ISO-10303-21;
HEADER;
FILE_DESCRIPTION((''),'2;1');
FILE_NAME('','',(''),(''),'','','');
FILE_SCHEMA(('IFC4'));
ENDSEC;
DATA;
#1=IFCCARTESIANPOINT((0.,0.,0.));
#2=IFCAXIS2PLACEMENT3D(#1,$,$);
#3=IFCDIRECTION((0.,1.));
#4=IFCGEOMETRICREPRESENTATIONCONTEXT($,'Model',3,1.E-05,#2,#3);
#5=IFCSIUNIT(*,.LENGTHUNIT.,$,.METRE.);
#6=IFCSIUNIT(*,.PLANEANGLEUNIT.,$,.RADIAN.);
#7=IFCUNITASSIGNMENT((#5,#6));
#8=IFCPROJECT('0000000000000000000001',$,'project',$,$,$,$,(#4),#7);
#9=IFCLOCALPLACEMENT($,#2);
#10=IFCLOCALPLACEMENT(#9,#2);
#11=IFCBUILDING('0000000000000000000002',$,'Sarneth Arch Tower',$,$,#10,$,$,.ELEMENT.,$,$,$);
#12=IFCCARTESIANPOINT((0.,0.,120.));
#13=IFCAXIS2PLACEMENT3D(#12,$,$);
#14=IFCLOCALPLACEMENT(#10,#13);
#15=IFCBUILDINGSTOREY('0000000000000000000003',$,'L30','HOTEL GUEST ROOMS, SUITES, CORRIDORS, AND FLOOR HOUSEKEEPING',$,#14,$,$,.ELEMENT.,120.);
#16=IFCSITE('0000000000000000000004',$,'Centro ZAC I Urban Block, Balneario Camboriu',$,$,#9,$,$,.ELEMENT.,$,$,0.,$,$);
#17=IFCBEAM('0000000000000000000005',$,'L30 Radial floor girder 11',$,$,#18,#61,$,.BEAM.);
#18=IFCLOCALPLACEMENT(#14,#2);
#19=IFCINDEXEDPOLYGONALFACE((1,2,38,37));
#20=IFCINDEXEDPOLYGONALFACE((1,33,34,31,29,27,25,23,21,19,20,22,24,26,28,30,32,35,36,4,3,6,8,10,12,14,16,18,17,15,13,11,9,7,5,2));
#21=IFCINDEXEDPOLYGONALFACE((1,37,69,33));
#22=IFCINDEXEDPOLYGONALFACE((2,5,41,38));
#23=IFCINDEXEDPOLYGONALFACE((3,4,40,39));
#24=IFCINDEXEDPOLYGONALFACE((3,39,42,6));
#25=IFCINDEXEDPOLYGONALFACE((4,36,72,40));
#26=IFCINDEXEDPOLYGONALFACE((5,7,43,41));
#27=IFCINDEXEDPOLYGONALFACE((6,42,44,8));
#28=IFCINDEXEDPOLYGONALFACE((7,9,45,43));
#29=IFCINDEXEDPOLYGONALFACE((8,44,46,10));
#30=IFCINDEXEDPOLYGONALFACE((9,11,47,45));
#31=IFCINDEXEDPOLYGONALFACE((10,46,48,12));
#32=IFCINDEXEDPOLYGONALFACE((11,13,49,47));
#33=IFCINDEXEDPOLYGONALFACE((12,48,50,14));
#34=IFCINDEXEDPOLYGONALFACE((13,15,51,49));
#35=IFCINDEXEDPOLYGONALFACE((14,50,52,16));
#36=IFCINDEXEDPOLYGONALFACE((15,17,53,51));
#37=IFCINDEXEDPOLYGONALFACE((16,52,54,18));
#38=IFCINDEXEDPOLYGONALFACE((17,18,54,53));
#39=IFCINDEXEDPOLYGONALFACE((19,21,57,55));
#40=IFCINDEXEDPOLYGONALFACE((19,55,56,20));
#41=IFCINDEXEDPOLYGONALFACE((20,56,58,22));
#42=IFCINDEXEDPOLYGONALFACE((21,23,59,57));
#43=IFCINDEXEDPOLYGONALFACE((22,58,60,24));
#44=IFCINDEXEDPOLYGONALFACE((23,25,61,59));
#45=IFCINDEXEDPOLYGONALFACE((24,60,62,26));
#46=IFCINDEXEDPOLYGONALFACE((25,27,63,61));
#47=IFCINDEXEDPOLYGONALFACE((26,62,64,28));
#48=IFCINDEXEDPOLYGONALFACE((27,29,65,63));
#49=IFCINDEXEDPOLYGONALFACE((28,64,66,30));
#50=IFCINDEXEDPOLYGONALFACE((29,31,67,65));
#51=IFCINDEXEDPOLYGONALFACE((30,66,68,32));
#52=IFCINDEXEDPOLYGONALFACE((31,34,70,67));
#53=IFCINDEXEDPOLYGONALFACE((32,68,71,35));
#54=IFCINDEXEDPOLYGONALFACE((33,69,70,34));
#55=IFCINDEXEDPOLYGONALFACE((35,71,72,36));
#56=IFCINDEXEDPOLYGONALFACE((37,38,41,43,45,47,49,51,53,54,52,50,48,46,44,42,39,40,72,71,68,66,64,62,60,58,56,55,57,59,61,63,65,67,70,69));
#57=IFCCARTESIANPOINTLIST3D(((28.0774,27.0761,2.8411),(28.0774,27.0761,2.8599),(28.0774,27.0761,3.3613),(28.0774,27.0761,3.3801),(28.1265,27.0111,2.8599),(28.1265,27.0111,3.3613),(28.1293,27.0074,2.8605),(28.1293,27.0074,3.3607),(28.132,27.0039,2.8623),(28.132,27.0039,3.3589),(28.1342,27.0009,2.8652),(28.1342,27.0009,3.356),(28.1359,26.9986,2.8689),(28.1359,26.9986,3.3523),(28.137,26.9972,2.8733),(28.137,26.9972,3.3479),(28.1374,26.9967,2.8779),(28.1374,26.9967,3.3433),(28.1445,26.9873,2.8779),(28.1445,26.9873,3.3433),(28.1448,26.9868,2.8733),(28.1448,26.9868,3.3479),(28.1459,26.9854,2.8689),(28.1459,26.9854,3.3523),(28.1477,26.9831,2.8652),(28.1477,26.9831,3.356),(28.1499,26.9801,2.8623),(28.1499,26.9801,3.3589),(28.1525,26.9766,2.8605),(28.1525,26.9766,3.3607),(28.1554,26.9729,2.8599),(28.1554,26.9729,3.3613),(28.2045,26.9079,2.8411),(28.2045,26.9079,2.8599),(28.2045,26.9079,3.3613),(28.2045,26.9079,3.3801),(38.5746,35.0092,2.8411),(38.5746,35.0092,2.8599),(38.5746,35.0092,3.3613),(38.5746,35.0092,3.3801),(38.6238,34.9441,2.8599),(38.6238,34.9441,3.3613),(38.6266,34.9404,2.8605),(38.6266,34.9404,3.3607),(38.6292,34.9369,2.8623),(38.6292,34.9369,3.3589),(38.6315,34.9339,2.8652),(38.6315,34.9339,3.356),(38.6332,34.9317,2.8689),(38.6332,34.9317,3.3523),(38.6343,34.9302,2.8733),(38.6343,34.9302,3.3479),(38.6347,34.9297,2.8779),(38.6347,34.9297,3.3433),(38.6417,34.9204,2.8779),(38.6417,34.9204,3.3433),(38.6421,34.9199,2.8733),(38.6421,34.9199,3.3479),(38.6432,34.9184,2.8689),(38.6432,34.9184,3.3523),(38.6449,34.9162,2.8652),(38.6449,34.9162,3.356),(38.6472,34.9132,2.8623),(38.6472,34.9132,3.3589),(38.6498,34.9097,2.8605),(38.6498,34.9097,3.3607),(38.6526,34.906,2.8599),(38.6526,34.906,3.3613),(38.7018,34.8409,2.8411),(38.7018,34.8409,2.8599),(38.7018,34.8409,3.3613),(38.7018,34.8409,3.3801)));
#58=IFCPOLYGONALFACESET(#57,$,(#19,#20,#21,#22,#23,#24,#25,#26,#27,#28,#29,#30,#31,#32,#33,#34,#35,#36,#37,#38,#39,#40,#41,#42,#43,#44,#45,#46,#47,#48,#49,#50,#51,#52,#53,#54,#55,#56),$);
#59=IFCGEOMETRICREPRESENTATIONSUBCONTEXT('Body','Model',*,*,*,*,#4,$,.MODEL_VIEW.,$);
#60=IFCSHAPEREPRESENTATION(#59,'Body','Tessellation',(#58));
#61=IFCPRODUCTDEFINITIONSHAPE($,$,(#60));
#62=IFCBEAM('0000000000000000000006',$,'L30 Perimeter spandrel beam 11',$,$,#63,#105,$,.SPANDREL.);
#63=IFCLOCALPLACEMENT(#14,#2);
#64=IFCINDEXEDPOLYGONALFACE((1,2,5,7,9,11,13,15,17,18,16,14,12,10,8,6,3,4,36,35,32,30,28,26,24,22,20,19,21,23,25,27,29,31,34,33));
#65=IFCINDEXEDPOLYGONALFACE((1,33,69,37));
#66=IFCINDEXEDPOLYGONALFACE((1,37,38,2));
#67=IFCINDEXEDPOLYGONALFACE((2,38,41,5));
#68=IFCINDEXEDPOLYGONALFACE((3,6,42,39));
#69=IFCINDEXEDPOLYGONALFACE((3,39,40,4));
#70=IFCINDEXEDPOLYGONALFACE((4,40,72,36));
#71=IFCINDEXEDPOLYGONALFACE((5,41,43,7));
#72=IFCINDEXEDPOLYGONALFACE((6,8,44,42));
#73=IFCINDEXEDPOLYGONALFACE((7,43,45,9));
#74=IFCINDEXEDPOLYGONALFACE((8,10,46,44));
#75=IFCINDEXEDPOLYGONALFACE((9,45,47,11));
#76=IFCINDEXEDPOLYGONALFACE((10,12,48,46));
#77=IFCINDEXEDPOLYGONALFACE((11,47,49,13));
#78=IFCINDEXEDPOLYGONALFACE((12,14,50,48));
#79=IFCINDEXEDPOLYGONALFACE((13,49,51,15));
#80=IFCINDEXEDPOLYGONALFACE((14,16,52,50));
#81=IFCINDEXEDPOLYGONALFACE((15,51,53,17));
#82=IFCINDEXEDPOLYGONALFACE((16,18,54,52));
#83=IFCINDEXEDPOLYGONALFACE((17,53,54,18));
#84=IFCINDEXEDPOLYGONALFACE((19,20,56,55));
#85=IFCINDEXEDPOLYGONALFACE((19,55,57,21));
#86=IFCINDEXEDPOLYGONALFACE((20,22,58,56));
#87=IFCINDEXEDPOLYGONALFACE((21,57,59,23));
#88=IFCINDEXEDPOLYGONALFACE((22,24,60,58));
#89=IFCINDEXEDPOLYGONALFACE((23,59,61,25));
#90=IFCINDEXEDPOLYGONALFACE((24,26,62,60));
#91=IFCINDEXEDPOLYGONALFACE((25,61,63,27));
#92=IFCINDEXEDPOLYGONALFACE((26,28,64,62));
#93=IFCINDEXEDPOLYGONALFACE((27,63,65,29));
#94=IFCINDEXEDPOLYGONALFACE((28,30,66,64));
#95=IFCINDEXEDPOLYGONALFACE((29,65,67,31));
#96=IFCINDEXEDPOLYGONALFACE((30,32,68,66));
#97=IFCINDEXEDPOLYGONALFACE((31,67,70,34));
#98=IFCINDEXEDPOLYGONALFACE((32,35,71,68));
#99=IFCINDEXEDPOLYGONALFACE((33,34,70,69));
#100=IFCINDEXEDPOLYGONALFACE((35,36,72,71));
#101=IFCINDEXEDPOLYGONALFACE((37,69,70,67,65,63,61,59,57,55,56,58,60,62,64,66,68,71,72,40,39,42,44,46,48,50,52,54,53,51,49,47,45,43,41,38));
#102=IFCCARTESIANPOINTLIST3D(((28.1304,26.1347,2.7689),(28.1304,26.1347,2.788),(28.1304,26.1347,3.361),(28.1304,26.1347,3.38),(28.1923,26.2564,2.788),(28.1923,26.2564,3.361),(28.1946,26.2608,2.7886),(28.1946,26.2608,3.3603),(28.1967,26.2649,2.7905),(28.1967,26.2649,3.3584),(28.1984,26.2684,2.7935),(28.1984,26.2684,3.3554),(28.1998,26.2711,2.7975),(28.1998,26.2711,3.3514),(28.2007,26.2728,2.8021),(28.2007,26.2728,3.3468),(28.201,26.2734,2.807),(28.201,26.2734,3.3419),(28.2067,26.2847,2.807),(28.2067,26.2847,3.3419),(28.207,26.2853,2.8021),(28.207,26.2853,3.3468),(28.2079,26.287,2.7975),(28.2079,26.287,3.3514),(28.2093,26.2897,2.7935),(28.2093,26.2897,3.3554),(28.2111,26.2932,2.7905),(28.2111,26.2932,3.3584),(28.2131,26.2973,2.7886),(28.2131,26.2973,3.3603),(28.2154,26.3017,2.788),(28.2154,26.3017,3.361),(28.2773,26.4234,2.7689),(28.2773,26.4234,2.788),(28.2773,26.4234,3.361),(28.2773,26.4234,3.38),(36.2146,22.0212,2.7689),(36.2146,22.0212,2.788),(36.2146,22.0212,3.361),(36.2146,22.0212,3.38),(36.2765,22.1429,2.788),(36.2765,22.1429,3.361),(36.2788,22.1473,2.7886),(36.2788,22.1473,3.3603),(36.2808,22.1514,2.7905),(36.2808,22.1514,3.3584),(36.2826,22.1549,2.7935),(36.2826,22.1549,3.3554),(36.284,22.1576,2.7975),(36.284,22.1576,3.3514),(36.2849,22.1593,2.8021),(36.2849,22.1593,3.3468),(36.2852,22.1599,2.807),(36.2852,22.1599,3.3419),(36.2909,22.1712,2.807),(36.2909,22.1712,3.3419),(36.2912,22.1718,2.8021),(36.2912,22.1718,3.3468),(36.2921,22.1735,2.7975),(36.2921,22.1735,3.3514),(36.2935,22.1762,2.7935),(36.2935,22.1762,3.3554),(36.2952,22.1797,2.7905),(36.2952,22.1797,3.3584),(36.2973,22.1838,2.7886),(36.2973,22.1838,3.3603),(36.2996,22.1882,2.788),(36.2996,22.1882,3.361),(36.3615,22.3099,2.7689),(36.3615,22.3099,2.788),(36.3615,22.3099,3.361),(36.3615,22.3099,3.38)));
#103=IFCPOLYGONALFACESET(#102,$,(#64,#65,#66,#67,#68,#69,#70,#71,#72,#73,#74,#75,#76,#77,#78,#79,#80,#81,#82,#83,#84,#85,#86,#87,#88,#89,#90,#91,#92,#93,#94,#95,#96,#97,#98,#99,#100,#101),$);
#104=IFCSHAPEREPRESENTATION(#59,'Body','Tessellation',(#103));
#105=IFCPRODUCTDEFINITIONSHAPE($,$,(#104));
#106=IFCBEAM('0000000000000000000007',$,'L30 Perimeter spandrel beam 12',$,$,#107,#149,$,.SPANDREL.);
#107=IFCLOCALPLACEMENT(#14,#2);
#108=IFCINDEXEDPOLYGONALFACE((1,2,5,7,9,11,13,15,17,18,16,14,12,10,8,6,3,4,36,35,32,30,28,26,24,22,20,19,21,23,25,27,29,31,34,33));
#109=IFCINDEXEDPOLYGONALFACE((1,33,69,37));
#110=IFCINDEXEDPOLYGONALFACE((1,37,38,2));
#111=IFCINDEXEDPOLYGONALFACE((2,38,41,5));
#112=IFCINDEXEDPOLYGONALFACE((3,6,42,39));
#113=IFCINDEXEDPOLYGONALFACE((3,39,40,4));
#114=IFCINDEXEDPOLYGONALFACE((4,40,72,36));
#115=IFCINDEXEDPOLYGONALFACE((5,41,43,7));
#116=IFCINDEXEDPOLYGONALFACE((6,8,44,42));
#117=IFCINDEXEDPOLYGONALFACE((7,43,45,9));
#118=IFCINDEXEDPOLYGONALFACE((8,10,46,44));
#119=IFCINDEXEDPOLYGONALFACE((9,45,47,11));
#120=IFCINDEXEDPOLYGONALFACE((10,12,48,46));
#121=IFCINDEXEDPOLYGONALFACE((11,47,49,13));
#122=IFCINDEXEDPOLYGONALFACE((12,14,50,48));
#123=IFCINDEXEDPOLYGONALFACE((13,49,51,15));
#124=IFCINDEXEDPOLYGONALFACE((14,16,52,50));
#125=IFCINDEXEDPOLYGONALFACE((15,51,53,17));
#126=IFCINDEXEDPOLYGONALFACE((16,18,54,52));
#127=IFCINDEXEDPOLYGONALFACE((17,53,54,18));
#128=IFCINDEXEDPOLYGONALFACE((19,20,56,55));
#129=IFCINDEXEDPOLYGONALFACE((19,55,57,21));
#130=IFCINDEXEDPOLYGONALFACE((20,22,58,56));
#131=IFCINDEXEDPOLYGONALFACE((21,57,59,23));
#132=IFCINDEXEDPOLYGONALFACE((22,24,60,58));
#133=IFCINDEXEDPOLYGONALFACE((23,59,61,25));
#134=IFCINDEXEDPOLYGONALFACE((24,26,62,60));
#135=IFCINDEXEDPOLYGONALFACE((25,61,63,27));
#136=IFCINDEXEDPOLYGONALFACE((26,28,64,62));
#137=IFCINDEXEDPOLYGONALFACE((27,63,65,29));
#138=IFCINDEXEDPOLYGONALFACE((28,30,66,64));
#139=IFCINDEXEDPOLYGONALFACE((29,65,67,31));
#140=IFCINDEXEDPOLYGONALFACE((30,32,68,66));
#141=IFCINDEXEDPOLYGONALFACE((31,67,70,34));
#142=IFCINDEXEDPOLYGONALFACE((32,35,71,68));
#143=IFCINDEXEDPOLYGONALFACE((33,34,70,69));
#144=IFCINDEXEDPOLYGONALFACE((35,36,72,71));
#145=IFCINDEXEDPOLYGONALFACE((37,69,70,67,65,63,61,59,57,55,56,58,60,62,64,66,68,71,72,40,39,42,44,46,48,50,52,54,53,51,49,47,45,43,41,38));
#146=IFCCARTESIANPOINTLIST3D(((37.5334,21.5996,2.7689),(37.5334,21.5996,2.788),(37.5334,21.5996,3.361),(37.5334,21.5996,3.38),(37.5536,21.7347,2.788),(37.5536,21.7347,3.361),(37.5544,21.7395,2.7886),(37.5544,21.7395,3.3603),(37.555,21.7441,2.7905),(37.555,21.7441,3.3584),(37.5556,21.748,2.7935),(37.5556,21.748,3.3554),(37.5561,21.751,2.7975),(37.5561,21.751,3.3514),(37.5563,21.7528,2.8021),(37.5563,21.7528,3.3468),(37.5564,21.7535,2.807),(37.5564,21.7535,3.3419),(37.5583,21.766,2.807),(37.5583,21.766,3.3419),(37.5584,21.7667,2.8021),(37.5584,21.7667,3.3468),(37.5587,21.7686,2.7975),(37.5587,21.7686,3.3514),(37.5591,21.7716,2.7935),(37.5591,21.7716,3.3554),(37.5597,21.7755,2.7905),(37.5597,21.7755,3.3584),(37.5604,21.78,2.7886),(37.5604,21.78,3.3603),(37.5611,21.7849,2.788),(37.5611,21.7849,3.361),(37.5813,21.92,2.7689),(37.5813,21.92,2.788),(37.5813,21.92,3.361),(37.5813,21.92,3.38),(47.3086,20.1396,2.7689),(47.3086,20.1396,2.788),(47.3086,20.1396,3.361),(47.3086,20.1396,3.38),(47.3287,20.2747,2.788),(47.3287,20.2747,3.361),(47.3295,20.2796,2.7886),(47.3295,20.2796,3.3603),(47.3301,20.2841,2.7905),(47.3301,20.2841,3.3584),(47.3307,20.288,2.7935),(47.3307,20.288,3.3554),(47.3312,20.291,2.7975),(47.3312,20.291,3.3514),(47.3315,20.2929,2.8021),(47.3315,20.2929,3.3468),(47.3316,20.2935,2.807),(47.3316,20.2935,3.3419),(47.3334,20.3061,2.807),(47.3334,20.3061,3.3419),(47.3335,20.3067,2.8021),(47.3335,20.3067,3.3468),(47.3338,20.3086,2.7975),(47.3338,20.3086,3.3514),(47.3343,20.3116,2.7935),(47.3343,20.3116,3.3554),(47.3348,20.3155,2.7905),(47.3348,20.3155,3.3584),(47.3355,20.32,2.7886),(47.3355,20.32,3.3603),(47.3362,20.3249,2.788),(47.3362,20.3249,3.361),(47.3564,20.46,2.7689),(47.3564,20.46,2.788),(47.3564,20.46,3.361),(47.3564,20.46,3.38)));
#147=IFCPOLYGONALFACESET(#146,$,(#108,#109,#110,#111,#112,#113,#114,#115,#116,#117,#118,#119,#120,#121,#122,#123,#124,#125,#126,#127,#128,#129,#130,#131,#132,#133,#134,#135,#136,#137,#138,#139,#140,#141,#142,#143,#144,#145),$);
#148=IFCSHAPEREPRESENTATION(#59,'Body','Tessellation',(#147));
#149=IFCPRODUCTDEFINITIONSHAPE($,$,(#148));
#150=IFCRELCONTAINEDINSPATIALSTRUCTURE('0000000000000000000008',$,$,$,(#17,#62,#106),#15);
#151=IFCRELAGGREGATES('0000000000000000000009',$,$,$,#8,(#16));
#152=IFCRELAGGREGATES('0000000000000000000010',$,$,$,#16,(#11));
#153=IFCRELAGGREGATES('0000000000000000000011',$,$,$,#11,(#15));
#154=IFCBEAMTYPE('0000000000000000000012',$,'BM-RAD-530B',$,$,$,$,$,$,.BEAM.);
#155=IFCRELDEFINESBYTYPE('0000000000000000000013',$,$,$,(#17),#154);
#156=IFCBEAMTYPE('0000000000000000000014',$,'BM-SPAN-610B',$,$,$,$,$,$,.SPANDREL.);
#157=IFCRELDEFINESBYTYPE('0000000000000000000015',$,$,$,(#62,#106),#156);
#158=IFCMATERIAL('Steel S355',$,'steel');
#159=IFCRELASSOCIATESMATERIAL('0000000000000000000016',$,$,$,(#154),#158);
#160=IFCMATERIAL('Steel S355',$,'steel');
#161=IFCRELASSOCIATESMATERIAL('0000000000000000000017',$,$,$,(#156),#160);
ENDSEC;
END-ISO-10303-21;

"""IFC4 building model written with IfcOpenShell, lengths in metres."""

from ifc_helpers import new_model, si_unit, direction, frame, origin, origin_2d, place, context, subcontext, project, spatial, i_section, extrude, material, material_profile, profile_set, type_object, element, save


model = new_model("IFC4")

# Units and contexts
model_context = context("Model", 3, precision=1e-05, world=origin(), true_north=direction((0.0, 1.0)))
body_context = subcontext(model_context, "Body", "Model", "MODEL_VIEW")
ifc_project = project(units=[si_unit("LENGTHUNIT", "METRE"), si_unit("PLANEANGLEUNIT", "RADIAN")], contexts=[model_context])

# Site, building, storey
site_placement = place(None, origin())
site = spatial("IfcSite", under=ifc_project, at=site_placement, Name="Centro ZAC I Urban Block, Balneario Camboriu", CompositionType="ELEMENT", RefElevation=0.0)
building_placement = place(site_placement, origin())
building = spatial("IfcBuilding", under=site, at=building_placement, Name="Sarneth Arch Tower", CompositionType="ELEMENT")
storey_placement = place(building_placement, frame((0.0, 0.0, 120.0)))
storey = spatial("IfcBuildingStorey", under=building, at=storey_placement, Name="L30", Description="HOTEL GUEST ROOMS, SUITES, CORRIDORS, AND FLOOR HOUSEKEEPING", CompositionType="ELEMENT", Elevation=120.0)

# Beams
ifc_material_1 = material(Name="Steel S355", Category="steel")
ifc_material_profile_1 = material_profile(ifc_material_1, i_section(OverallWidth=0.2109, OverallDepth=0.5391, WebThickness=0.0117, FlangeThickness=0.0188, FilletRadius=0.0181, at=origin_2d()), Name="W530x109")
ifc_profile_set_1 = profile_set([ifc_material_profile_1], Name="Steel S355")
beam_type_1 = type_object("IfcBeamType", Name="BM-RAD-530B", PredefinedType="BEAM", material=ifc_profile_set_1)
beam_1_placement = place(storey_placement, frame((38.6382, 34.925, 3.1106), z_axis=(-0.797801, -0.60292, 0.0), x_axis=(0.60292, -0.797801, 0.0)))
element("IfcBeam", 1, at=beam_1_placement, inside=storey, type_object=beam_type_1, Name="L30 Radial floor girder 11", PredefinedType="BEAM", context=body_context, shape_type="SweptSolid", body=[
    extrude(i_section(OverallWidth=0.2109, OverallDepth=0.5391, WebThickness=0.0117, FlangeThickness=0.0188, FilletRadius=0.0181, at=origin_2d()), origin(), (0.0, 0.0, 1.0), 13.1577),
])
ifc_material_2 = material(Name="Steel S355", Category="steel")
ifc_material_profile_2 = material_profile(ifc_material_2, i_section(OverallWidth=0.324, OverallDepth=0.6111, WebThickness=0.0127, FlangeThickness=0.019, FilletRadius=0.019, at=origin_2d()), Name="W610x155")
ifc_profile_set_2 = profile_set([ifc_material_profile_2], Name="Steel S355")
beam_type_2 = type_object("IfcBeamType", Name="BM-SPAN-610B", PredefinedType="SPANDREL", material=ifc_profile_set_2)
beam_2_placement = place(storey_placement, frame((28.2039, 26.2791, 3.0745), z_axis=(0.891256, -0.453501, 0.0), x_axis=(0.453501, 0.891256, 0.0)))
element("IfcBeam", 2, at=beam_2_placement, inside=storey, type_object=beam_type_2, Name="L30 Perimeter spandrel beam 11", PredefinedType="SPANDREL", context=body_context, shape_type="SweptSolid", body=[
    extrude(i_section(OverallWidth=0.324, OverallDepth=0.6111, WebThickness=0.0127, FlangeThickness=0.019, FilletRadius=0.019, at=origin_2d()), origin(), (0.0, 0.0, 1.0), 9.0706),
])
beam_3_placement = place(storey_placement, frame((37.5574, 21.7598, 3.0745), z_axis=(0.98903, -0.147716, 0.0), x_axis=(0.147716, 0.98903, 0.0)))
element("IfcBeam", 3, at=beam_3_placement, inside=storey, type_object=beam_type_2, Name="L30 Perimeter spandrel beam 12", PredefinedType="SPANDREL", context=body_context, shape_type="SweptSolid", body=[
    extrude(i_section(OverallWidth=0.324, OverallDepth=0.6111, WebThickness=0.0127, FlangeThickness=0.019, FilletRadius=0.019, at=origin_2d()), origin(), (0.0, 0.0, 1.0), 9.8835),
])

save(model, "model.ifc")
